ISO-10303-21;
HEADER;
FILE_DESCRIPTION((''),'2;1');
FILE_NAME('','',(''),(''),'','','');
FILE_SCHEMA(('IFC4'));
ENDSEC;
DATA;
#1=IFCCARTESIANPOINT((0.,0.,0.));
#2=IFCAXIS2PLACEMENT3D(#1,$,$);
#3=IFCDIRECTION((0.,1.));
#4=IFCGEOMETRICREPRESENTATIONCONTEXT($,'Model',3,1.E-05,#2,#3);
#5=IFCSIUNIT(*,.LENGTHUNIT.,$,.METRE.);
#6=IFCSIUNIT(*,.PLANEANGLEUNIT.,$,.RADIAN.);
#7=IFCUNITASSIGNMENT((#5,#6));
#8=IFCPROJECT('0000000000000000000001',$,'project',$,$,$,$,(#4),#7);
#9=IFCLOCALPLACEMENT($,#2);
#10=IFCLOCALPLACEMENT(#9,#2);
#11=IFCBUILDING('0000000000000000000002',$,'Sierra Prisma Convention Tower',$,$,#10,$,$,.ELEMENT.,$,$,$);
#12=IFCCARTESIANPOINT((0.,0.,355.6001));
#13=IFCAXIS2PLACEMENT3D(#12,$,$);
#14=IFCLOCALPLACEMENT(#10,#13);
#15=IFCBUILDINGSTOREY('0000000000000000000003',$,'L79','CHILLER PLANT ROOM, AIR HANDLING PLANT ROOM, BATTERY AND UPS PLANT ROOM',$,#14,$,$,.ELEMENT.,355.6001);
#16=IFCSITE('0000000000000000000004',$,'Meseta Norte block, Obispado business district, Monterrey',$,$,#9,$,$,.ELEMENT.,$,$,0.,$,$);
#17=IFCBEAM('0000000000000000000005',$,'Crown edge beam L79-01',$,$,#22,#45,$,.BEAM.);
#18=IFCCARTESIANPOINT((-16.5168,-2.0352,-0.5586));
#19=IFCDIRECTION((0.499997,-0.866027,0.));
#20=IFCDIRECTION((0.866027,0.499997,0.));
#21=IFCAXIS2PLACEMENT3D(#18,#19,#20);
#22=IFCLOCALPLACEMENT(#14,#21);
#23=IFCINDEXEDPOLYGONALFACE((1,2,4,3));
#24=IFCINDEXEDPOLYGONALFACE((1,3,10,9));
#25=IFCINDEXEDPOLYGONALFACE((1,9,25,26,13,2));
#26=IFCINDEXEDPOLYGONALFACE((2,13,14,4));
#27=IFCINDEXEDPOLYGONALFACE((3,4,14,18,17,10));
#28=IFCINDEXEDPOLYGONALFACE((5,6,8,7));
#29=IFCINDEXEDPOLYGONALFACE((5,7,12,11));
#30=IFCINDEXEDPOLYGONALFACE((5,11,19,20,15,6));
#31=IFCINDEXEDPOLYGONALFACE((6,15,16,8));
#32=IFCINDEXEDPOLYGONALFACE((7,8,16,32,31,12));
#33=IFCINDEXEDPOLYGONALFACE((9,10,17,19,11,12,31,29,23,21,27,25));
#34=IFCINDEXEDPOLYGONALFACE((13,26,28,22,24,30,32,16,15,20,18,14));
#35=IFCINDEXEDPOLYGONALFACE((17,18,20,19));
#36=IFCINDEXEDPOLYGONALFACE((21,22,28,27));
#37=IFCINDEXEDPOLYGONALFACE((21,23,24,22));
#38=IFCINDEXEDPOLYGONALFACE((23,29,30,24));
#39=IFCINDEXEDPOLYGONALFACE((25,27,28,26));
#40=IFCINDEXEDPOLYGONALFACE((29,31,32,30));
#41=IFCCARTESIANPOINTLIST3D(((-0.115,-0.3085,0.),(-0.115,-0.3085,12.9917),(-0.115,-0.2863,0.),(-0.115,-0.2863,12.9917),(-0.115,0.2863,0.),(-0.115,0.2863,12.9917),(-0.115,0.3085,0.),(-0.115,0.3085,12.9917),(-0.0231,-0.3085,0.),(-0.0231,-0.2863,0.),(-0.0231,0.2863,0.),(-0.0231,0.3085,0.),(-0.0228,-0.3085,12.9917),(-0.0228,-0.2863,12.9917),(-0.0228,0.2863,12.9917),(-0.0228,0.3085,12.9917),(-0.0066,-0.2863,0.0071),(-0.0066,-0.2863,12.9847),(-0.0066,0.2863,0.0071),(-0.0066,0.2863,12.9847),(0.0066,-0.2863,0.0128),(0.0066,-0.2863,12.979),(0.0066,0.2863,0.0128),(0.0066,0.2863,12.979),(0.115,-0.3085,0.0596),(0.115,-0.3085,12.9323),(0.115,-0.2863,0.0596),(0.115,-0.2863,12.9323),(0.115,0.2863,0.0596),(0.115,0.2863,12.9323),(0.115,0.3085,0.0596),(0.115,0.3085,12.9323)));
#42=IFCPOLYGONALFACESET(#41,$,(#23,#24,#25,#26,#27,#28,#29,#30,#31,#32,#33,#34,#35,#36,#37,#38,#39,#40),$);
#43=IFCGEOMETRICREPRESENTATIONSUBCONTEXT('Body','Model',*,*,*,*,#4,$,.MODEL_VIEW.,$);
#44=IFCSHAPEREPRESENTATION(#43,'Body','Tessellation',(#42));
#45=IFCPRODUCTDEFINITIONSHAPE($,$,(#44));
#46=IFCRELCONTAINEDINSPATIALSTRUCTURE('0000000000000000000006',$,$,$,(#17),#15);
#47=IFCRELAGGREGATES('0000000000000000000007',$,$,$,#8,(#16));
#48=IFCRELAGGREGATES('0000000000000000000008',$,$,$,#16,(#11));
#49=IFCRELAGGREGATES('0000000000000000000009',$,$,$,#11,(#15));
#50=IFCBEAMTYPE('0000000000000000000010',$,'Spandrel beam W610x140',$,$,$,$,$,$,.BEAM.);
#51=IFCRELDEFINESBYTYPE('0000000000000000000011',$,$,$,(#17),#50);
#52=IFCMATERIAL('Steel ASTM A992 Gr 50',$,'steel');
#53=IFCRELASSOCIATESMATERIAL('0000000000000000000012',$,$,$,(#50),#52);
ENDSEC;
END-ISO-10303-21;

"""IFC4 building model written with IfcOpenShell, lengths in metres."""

from ifc_helpers import new_model, si_unit, direction, frame, origin, origin_2d, place, context, subcontext, project, spatial, i_section, extrude, clip, halfspace, material, material_profile, profile_set, type_object, element, save


model = new_model("IFC4")

# Units and contexts
model_context = context("Model", 3, precision=1e-05, world=origin(), true_north=direction((0.0, 1.0)))
body_context = subcontext(model_context, "Body", "Model", "MODEL_VIEW")
ifc_project = project(units=[si_unit("LENGTHUNIT", "METRE"), si_unit("PLANEANGLEUNIT", "RADIAN")], contexts=[model_context])

# Site, building, storey
site_placement = place(None, origin())
site = spatial("IfcSite", under=ifc_project, at=site_placement, Name="Meseta Norte block, Obispado business district, Monterrey", CompositionType="ELEMENT", RefElevation=0.0)
building_placement = place(site_placement, origin())
building = spatial("IfcBuilding", under=site, at=building_placement, Name="Sierra Prisma Convention Tower", CompositionType="ELEMENT")
storey_placement = place(building_placement, frame((0.0, 0.0, 355.6001)))
storey = spatial("IfcBuildingStorey", under=building, at=storey_placement, Name="L79", Description="CHILLER PLANT ROOM, AIR HANDLING PLANT ROOM, BATTERY AND UPS PLANT ROOM", CompositionType="ELEMENT", Elevation=355.6001)

# Beam
ifc_material_1 = material(Name="Steel ASTM A992 Gr 50", Category="steel")
ifc_material_profile_1 = material_profile(ifc_material_1, i_section(OverallWidth=0.23, OverallDepth=0.6169, WebThickness=0.0132, FlangeThickness=0.0222, at=origin_2d()), Name="W610x140")
ifc_profile_set_1 = profile_set([ifc_material_profile_1], Name="Steel ASTM A992 Gr 50")
beam_type_1 = type_object("IfcBeamType", Name="Spandrel beam W610x140", PredefinedType="BEAM", material=ifc_profile_set_1)
beam_1_placement = place(storey_placement, frame((-16.5168, -2.0352, -0.5586), z_axis=(0.499997, -0.866027, 0.0), x_axis=(0.866027, 0.499997, 0.0)))
element("IfcBeam", 1, at=beam_1_placement, inside=storey, type_object=beam_type_1, Name="Crown edge beam L79-01", PredefinedType="BEAM", context=body_context, shape_type="SweptSolid", body=[
    clip(clip(extrude(i_section(OverallWidth=0.23, OverallDepth=0.6169, WebThickness=0.0132, FlangeThickness=0.0222, at=origin_2d()), origin(), (0.0, 0.0, 1.0), 12.9917), halfspace(frame((-0.0452, 0.0, -0.0095), z_axis=(-0.396127, 0.0, 0.918196), x_axis=(0.918196, 0.0, 0.396127)), True)), halfspace(frame((-0.0454, 0.0, 13.0015), z_axis=(-0.396132, 0.0, -0.918193), x_axis=(0.918193, 0.0, -0.396132)), True)),
])

save(model, "model.ifc")
